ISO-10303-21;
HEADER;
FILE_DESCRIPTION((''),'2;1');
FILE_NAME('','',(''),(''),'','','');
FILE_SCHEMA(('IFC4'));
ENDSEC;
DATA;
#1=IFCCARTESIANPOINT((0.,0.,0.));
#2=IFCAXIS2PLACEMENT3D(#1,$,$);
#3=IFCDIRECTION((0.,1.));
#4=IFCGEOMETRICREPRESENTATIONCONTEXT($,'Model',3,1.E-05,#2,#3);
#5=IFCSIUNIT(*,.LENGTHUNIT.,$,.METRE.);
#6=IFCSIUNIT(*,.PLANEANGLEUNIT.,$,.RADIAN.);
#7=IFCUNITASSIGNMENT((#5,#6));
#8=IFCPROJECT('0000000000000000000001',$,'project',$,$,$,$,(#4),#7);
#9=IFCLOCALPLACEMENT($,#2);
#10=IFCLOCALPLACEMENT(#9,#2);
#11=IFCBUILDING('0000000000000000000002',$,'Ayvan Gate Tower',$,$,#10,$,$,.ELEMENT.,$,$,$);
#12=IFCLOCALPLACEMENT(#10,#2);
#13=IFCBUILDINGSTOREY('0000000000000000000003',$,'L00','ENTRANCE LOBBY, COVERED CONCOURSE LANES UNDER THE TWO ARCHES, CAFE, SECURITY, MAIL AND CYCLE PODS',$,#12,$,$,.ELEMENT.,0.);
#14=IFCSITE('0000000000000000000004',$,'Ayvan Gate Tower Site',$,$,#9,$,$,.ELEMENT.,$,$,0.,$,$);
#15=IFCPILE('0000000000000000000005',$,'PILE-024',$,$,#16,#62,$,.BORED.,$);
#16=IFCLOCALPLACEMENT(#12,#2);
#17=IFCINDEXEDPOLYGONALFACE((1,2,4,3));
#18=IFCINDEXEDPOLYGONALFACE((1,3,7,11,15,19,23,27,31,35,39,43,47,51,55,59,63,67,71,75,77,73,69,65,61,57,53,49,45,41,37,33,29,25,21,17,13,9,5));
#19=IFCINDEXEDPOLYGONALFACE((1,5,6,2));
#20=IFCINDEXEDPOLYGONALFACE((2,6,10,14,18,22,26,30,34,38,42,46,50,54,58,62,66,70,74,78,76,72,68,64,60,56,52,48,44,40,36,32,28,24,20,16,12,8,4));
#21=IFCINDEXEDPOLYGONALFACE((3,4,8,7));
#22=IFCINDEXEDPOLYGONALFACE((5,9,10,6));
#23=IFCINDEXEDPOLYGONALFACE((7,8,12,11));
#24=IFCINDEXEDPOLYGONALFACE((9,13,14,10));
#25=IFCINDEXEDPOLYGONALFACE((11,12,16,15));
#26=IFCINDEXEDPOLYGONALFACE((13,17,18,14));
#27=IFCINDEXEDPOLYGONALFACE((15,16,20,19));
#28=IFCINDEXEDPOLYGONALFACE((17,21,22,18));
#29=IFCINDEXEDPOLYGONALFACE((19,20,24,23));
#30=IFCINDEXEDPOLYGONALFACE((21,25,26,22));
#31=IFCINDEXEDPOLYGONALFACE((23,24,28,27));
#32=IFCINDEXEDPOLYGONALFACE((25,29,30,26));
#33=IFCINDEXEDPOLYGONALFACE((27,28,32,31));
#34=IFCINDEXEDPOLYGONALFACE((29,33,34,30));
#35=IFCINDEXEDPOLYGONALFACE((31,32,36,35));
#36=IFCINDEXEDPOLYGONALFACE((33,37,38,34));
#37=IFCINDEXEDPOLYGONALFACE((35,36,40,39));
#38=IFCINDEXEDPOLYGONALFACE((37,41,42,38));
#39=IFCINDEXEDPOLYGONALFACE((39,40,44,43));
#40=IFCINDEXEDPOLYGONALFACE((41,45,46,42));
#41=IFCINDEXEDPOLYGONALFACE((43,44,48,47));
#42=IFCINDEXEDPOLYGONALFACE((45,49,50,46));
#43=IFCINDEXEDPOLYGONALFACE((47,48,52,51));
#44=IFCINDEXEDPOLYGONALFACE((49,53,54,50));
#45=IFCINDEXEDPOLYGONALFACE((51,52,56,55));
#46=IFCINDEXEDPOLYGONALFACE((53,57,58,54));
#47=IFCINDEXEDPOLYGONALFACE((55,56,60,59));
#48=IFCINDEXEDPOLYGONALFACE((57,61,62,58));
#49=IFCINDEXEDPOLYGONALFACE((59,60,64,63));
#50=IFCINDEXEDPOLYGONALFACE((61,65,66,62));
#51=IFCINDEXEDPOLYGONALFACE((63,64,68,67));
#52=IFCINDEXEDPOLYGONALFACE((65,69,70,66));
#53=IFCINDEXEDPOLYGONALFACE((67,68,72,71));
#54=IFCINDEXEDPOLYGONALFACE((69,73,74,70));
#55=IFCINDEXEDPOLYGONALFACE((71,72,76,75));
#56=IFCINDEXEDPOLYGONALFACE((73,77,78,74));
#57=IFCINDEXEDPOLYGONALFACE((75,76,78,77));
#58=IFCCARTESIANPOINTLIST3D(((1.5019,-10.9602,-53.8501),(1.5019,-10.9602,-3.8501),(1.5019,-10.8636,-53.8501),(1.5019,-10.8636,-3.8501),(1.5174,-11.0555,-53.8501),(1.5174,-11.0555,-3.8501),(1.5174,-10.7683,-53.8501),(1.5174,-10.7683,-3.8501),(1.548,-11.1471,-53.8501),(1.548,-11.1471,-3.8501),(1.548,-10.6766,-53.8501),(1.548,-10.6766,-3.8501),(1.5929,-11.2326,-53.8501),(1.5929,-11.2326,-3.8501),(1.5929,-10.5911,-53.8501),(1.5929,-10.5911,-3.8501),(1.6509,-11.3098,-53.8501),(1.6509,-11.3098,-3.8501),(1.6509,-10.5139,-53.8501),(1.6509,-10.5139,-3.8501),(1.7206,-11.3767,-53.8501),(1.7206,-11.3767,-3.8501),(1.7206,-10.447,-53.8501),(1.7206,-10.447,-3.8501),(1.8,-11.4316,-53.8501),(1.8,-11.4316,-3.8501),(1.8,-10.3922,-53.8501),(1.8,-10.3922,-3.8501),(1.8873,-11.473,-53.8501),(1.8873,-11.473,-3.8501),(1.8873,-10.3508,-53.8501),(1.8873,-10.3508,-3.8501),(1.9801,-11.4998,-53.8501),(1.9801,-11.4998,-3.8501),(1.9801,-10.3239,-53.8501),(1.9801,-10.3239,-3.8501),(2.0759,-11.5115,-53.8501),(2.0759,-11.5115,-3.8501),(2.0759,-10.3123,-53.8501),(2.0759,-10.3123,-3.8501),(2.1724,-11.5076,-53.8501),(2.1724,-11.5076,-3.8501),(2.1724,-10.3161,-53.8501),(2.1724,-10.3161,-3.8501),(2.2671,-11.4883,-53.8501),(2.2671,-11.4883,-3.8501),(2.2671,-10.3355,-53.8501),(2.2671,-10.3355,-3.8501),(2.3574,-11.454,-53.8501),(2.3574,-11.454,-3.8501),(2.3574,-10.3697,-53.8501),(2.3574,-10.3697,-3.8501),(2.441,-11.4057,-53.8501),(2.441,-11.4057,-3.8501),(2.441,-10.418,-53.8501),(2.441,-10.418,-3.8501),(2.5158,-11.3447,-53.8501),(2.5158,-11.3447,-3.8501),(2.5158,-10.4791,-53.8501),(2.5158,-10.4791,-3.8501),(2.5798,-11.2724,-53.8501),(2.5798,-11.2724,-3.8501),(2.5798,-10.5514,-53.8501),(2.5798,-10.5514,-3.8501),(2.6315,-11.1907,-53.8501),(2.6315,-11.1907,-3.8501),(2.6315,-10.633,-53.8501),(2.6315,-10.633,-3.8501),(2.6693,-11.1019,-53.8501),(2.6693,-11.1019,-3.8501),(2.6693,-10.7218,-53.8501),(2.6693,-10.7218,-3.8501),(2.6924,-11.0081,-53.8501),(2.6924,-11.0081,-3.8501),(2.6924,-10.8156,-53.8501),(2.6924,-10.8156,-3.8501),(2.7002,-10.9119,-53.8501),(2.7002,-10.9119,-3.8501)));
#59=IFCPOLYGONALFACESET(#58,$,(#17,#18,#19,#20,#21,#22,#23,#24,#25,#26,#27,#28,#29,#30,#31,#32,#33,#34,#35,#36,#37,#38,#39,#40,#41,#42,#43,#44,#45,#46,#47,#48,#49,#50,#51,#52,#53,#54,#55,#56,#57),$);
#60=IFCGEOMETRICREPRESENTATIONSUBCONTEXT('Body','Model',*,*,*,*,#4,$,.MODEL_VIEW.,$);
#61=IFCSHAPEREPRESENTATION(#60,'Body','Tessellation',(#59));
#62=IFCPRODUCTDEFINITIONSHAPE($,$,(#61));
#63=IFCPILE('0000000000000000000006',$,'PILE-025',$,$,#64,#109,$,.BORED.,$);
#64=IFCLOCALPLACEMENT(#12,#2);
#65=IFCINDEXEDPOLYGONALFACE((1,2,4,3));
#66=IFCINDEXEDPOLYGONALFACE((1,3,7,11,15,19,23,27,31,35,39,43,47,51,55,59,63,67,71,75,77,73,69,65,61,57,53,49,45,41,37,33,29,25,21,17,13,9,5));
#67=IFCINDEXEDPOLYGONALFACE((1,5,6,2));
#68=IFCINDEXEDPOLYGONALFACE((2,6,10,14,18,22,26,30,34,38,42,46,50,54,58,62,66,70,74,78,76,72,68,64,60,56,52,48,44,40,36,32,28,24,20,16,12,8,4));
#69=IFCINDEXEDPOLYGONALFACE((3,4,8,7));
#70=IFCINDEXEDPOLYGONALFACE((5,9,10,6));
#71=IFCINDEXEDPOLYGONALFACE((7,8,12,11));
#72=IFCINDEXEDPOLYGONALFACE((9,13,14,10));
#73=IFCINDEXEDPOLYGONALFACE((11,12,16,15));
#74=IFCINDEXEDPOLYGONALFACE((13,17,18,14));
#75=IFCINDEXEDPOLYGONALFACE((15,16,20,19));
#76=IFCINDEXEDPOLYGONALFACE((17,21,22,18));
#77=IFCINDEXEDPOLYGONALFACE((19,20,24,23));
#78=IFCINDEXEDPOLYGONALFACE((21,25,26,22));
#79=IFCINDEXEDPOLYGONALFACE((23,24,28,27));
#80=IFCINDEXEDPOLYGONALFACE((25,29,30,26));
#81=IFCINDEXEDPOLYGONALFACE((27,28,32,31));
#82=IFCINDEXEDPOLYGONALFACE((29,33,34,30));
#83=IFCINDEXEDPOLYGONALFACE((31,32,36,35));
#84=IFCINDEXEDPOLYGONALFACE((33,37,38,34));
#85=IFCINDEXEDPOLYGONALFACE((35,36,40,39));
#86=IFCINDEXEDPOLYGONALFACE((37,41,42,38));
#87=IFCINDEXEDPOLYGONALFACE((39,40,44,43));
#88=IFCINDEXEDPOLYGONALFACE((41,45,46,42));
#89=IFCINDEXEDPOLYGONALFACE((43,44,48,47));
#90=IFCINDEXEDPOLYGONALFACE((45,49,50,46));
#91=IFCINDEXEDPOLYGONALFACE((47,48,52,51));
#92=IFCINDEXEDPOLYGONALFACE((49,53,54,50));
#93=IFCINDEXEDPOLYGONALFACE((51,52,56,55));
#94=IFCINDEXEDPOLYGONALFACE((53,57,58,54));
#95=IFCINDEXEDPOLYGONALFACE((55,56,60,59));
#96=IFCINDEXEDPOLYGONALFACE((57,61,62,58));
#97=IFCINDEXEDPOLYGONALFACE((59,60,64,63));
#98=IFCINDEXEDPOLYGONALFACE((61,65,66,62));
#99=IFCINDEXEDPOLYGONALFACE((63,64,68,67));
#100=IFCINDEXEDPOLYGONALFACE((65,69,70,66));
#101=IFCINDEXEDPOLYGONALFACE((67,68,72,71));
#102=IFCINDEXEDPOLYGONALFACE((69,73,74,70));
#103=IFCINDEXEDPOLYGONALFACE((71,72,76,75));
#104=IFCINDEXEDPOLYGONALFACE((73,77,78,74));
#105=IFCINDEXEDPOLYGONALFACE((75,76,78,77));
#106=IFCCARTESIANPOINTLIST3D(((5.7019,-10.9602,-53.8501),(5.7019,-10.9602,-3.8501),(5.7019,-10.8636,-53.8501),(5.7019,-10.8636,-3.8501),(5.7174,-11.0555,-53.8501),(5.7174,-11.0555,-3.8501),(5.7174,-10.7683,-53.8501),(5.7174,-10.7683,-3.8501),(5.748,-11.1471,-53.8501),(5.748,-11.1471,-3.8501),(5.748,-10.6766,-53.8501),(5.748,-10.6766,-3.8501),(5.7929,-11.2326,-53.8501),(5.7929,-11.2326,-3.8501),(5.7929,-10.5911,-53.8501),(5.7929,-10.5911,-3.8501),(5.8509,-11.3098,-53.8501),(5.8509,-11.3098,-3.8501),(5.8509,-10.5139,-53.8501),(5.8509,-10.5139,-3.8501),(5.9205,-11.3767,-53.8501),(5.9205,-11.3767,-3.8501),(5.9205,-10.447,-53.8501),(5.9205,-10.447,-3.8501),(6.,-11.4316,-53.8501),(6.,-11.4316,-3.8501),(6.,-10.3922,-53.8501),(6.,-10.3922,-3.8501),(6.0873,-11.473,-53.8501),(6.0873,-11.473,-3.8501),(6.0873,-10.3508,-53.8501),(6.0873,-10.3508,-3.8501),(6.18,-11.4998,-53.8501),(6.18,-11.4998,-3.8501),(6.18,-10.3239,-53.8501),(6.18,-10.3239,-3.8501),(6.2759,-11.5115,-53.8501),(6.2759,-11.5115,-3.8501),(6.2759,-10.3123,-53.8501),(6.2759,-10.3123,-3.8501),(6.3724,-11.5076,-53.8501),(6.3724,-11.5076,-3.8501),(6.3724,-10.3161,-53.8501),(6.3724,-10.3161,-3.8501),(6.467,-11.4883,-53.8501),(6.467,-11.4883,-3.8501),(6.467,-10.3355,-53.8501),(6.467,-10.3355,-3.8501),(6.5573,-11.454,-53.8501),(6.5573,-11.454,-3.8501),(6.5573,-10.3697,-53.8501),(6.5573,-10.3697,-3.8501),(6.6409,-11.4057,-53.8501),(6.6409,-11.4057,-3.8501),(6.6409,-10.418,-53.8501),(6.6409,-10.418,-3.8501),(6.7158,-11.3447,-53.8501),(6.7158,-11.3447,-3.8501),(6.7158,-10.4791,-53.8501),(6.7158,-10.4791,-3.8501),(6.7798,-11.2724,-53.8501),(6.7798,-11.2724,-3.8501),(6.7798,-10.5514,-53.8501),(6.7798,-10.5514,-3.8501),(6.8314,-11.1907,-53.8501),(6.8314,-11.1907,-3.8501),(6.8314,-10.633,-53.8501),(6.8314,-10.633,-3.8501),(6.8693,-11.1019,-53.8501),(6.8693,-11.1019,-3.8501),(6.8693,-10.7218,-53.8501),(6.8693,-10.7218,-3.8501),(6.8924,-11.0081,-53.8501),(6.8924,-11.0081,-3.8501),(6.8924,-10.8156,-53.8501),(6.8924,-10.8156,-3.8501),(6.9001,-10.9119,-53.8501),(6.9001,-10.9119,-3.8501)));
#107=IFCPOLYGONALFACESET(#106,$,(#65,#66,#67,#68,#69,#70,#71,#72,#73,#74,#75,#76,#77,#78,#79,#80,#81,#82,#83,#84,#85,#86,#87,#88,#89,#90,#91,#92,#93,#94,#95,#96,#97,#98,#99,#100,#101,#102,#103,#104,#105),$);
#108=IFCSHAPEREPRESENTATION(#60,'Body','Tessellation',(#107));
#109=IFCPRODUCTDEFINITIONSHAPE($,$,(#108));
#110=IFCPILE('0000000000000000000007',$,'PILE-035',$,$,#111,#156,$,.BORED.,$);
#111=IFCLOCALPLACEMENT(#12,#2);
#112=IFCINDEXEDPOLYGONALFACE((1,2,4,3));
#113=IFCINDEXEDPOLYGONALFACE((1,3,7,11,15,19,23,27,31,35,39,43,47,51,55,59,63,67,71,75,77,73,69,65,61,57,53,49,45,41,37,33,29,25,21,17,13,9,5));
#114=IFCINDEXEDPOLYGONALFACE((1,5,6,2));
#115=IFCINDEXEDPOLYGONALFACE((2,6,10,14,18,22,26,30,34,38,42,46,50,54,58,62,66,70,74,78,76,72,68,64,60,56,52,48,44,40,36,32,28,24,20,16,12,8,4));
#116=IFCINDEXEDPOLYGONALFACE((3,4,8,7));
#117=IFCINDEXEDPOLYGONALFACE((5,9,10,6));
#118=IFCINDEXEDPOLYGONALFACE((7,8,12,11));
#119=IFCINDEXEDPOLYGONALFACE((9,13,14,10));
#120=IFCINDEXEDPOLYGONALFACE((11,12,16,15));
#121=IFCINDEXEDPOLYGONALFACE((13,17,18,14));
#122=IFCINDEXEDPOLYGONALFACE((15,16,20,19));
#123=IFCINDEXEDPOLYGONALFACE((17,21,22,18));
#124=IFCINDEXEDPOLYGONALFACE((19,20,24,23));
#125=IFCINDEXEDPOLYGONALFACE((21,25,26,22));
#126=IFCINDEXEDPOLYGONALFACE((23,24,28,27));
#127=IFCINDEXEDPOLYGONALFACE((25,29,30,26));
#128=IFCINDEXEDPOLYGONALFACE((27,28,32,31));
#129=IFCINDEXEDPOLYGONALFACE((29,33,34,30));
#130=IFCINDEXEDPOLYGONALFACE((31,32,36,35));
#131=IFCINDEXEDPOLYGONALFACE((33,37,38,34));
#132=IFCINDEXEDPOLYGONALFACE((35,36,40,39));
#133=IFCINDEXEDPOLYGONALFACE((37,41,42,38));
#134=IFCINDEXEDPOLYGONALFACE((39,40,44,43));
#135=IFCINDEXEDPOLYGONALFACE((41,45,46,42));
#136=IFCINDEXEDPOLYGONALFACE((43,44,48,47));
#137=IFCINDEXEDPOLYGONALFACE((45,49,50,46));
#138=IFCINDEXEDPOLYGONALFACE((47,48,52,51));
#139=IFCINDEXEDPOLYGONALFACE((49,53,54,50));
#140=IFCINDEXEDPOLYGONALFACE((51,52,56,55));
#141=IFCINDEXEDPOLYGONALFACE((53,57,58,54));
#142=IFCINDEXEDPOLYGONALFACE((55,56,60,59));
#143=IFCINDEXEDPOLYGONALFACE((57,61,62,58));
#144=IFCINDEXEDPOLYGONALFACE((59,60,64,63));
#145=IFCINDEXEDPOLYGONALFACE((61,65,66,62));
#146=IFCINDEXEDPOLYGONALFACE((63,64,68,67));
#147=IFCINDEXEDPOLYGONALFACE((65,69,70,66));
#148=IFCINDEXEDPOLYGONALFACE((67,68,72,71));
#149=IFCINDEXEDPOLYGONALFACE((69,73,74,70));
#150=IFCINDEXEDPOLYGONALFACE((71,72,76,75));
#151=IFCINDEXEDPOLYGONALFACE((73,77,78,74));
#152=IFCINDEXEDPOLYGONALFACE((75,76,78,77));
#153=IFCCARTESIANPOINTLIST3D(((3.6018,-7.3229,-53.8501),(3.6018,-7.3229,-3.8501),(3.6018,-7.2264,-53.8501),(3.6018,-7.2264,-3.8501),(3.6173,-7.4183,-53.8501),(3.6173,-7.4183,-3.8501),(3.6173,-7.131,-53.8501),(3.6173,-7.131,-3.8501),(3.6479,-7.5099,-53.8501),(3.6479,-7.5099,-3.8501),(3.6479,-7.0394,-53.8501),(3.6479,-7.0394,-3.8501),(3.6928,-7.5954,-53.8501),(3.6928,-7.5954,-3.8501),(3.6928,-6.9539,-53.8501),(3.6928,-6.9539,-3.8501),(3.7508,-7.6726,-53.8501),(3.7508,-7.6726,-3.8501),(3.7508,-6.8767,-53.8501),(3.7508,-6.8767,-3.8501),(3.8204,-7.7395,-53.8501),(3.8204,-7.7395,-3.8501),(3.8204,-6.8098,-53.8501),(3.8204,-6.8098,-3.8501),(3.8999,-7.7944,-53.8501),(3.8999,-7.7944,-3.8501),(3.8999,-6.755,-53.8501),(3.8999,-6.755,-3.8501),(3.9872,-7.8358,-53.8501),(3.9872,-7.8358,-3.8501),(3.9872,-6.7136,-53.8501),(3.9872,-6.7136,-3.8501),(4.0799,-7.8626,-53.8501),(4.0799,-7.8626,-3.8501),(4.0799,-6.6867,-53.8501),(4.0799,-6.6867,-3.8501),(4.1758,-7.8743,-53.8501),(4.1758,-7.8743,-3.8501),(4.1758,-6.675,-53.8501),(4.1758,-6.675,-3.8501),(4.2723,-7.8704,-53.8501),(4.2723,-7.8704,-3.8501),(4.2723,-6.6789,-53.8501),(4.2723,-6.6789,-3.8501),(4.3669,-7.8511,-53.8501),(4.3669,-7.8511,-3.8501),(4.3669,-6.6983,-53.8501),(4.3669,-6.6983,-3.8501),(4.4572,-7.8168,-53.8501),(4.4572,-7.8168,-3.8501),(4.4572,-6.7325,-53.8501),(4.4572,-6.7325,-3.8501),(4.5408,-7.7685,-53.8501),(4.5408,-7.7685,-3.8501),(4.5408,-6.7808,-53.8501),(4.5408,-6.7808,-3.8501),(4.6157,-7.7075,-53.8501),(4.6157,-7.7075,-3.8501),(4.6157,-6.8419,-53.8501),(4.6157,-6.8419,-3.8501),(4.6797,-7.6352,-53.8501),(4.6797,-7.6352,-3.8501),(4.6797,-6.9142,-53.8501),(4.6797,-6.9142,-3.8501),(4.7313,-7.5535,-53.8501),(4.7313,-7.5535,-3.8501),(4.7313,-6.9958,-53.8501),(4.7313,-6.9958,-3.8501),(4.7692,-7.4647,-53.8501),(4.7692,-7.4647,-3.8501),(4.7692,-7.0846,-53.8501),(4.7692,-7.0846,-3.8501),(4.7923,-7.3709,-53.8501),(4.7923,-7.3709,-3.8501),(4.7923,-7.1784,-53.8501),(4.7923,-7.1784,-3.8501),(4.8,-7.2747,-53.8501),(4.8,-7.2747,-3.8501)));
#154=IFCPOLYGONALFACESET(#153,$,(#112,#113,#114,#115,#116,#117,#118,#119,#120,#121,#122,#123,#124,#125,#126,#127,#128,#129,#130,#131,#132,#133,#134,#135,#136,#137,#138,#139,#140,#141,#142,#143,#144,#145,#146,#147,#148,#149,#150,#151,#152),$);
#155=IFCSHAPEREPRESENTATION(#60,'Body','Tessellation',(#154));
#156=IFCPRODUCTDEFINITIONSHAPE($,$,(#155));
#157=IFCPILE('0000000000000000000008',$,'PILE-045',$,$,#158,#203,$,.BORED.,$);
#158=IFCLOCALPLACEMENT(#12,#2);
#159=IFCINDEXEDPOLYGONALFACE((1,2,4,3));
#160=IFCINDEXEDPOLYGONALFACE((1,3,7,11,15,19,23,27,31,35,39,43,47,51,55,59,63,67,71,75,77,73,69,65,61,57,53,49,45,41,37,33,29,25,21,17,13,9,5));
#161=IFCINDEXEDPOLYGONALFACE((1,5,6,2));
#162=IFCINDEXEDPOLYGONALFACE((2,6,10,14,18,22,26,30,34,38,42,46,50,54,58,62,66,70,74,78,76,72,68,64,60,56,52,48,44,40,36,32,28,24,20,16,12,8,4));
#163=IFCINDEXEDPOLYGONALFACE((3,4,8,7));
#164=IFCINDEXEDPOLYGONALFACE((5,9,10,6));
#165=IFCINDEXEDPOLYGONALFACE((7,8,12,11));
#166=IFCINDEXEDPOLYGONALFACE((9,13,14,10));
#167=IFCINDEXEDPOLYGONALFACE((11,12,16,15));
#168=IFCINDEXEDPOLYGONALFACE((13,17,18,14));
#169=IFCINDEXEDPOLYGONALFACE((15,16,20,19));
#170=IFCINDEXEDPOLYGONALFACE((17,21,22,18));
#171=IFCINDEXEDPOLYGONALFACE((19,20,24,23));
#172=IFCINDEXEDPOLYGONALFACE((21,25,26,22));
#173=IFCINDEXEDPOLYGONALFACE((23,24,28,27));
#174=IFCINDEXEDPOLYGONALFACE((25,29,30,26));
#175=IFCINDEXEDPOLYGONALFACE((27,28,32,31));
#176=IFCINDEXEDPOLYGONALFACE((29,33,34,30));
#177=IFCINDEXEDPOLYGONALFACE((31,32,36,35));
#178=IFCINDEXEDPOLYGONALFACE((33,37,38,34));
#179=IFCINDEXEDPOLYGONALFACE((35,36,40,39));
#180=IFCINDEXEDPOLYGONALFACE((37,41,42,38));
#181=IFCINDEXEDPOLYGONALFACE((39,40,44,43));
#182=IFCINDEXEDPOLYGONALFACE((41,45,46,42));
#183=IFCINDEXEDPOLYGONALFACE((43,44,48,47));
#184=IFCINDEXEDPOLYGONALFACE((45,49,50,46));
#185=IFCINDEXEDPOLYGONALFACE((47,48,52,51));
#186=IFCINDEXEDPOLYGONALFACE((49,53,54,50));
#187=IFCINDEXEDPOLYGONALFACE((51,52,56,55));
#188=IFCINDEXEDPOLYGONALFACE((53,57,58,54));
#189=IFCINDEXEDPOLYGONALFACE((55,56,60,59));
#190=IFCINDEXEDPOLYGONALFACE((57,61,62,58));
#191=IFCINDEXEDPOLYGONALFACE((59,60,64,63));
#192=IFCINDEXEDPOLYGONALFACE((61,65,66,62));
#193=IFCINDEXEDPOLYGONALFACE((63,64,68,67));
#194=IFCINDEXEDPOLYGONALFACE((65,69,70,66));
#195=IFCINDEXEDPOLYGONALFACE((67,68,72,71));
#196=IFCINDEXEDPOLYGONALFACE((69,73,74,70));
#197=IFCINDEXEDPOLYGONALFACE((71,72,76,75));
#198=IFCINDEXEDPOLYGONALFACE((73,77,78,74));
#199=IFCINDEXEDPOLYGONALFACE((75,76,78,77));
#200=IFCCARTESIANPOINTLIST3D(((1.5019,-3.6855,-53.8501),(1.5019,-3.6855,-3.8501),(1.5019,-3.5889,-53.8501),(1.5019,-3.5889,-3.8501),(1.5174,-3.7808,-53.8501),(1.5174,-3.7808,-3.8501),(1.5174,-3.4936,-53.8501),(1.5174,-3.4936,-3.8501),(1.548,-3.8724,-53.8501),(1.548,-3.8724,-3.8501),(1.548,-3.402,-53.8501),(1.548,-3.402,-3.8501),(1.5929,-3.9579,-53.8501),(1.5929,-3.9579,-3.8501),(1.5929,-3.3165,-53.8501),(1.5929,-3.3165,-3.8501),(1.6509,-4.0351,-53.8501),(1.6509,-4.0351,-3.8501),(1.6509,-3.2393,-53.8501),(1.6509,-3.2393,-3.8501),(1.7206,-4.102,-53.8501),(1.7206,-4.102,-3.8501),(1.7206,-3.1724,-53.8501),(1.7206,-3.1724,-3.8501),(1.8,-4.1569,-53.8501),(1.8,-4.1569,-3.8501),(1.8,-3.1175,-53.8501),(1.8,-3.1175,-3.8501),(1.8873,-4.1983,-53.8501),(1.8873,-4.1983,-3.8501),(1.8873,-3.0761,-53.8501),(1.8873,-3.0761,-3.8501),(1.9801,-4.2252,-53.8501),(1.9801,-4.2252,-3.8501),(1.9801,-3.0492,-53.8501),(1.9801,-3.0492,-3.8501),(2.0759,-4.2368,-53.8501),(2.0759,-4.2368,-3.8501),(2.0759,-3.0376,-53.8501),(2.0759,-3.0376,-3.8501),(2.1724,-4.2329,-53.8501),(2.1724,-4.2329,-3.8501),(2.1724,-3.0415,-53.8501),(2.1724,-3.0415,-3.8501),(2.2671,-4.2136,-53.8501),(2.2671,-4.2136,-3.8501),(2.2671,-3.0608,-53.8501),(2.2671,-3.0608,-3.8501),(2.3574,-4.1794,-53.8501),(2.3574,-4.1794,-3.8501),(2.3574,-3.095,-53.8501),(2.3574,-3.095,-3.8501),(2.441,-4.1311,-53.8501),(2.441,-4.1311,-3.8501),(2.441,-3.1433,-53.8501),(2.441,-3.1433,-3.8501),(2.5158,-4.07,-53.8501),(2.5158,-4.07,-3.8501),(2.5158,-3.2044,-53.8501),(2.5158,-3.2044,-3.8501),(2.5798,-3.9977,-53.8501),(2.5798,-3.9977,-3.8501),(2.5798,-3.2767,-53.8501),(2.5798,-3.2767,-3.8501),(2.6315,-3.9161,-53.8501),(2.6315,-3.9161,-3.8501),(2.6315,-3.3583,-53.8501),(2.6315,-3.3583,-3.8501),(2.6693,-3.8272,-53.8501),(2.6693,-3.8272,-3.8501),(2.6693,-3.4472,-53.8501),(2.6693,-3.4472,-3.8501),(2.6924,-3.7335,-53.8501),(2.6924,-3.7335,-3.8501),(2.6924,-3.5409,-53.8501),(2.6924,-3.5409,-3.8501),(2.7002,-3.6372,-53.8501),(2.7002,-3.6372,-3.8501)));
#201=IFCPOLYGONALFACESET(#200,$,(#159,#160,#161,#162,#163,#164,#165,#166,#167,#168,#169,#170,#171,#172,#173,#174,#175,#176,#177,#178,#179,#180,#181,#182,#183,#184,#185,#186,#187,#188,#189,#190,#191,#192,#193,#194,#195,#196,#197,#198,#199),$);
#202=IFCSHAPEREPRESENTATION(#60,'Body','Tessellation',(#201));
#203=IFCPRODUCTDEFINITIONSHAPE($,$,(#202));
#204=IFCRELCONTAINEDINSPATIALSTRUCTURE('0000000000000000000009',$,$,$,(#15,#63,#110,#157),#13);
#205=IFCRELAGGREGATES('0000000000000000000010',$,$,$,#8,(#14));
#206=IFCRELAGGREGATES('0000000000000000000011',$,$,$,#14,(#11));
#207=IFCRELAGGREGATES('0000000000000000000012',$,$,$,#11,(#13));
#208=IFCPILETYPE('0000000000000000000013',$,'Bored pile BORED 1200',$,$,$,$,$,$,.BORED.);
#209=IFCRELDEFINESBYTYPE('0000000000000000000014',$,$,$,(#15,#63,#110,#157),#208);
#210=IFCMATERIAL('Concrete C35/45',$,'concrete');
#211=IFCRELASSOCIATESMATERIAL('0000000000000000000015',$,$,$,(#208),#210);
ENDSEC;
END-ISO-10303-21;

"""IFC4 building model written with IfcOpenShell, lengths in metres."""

from ifc_helpers import new_model, si_unit, direction, frame, origin, origin_2d, place, context, subcontext, project, spatial, circle, extrude, material, material_profile, profile_set, type_object, element, save


model = new_model("IFC4")

# Units and contexts
model_context = context("Model", 3, precision=1e-05, world=origin(), true_north=direction((0.0, 1.0)))
body_context = subcontext(model_context, "Body", "Model", "MODEL_VIEW")
ifc_project = project(units=[si_unit("LENGTHUNIT", "METRE"), si_unit("PLANEANGLEUNIT", "RADIAN")], contexts=[model_context])

# Site, building, storey
site_placement = place(None, origin())
site = spatial("IfcSite", under=ifc_project, at=site_placement, Name="Ayvan Gate Tower Site", CompositionType="ELEMENT", RefElevation=0.0)
building_placement = place(site_placement, origin())
building = spatial("IfcBuilding", under=site, at=building_placement, Name="Ayvan Gate Tower", CompositionType="ELEMENT")
storey_placement = place(building_placement, origin())
storey = spatial("IfcBuildingStorey", under=building, at=storey_placement, Name="L00", Description="ENTRANCE LOBBY, COVERED CONCOURSE LANES UNDER THE TWO ARCHES, CAFE, SECURITY, MAIL AND CYCLE PODS", CompositionType="ELEMENT", Elevation=0.0)

# Piles
ifc_material_1 = material(Name="Concrete C35/45", Category="concrete")
ifc_material_profile = material_profile(ifc_material_1, circle(Radius=0.6001, at=origin_2d()), Name="BORED 1200")
ifc_profile_set = profile_set([ifc_material_profile], Name="Concrete C35/45")
pile_type = type_object("IfcPileType", Name="Bored pile BORED 1200", PredefinedType="BORED", material=ifc_profile_set)
for number, where, z_axis, x_axis, name in (
    (1, (2.1001, -10.9119, -3.8501), (0.0, 0.0, -1.0), (1.0, 0.0, 0.0), "PILE-024"),
    (2, (6.3, -10.9119, -3.8501), (0.0, 0.0, -1.0), (1.0, 0.0, 0.0), "PILE-025"),
    (3, (4.2, -7.2747, -3.8501), (0.0, 0.0, -1.0), (1.0, 0.0, 0.0), "PILE-035"),
    (4, (2.1001, -3.6372, -3.8501), (0.0, 0.0, -1.0), (1.0, 0.0, 0.0), "PILE-045"),
):
    element("IfcPile", number, at=place(storey_placement, frame(where, z_axis=z_axis, x_axis=x_axis)), inside=storey, type_object=pile_type, Name=name, PredefinedType="BORED", context=body_context, shape_type="SweptSolid", body=[
        extrude(circle(Radius=0.6001, at=origin_2d()), origin(), (0.0, 0.0, 1.0), 50.0),
    ])

save(model, "model.ifc")
